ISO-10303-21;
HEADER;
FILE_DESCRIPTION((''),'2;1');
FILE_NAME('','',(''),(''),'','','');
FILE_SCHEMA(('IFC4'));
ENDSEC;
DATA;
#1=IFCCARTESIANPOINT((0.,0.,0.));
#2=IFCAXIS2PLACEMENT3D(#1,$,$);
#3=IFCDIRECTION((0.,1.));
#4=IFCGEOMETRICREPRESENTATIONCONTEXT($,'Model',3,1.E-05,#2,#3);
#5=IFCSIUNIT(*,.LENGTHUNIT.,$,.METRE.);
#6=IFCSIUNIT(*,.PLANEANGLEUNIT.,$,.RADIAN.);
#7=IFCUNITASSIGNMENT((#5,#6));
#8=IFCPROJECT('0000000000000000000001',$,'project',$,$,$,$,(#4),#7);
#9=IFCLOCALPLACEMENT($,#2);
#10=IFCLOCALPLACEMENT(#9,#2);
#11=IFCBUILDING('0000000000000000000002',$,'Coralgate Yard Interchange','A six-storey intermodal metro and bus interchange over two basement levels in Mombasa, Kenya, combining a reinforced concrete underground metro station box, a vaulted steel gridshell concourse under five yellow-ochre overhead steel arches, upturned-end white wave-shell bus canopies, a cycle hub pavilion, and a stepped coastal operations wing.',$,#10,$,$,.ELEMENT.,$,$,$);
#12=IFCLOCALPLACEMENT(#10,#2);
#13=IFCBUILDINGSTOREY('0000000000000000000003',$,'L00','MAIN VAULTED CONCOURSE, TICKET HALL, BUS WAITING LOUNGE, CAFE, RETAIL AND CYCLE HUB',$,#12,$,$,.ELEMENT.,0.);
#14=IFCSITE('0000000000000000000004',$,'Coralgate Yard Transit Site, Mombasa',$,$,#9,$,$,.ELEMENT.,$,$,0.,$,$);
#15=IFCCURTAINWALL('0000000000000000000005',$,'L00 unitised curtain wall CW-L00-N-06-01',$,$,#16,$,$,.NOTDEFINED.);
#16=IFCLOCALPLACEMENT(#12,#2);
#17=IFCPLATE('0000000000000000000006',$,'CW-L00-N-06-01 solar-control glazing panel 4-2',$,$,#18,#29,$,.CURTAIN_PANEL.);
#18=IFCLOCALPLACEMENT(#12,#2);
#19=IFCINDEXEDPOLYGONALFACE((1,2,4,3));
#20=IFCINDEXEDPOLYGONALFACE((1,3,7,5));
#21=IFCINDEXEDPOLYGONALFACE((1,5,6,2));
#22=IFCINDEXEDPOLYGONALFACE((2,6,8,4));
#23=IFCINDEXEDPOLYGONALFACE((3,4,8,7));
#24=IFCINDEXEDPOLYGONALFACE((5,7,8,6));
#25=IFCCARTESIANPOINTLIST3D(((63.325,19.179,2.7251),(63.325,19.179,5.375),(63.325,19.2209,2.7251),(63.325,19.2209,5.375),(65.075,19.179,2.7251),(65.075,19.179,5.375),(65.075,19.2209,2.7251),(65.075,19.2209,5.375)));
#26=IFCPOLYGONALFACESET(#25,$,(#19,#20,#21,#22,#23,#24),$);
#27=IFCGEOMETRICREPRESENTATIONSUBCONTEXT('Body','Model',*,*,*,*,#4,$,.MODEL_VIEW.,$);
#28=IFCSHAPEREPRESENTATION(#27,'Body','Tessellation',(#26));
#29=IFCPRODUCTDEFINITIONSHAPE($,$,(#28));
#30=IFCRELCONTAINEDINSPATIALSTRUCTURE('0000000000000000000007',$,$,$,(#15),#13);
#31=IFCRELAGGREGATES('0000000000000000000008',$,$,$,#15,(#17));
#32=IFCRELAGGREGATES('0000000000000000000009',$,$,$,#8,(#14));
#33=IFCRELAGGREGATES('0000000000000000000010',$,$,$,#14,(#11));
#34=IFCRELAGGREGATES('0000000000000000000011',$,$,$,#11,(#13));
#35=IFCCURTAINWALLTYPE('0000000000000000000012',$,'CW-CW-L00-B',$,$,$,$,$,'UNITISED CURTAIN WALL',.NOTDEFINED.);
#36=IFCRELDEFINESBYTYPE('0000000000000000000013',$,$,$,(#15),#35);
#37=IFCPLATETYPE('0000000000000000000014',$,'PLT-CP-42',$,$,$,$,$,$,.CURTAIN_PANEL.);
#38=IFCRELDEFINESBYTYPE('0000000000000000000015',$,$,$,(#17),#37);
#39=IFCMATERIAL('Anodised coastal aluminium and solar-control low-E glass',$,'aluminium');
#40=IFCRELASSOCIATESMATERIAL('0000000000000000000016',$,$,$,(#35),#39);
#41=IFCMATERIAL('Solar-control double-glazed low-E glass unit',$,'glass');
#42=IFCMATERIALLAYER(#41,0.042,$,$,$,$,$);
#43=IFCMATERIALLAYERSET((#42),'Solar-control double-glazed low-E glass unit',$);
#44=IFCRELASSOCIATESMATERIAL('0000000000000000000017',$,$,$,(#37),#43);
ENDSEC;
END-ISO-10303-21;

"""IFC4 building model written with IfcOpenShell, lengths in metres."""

from ifc_helpers import new_model, si_unit, direction, frame, origin, origin_2d, place, context, subcontext, project, spatial, rectangle, extrude, material, layer, layer_set, type_object, element, aggregate, save


model = new_model("IFC4")

# Units and contexts
model_context = context("Model", 3, precision=1e-05, world=origin(), true_north=direction((0.0, 1.0)))
body_context = subcontext(model_context, "Body", "Model", "MODEL_VIEW")
ifc_project = project(units=[si_unit("LENGTHUNIT", "METRE"), si_unit("PLANEANGLEUNIT", "RADIAN")], contexts=[model_context])

# Site, building, storey
site_placement = place(None, origin())
site = spatial("IfcSite", under=ifc_project, at=site_placement, Name="Coralgate Yard Transit Site, Mombasa", CompositionType="ELEMENT", RefElevation=0.0)
building_placement = place(site_placement, origin())
building = spatial("IfcBuilding", under=site, at=building_placement, Name="Coralgate Yard Interchange", Description="A six-storey intermodal metro and bus interchange over two basement levels in Mombasa, Kenya, combining a reinforced concrete underground metro station box, a vaulted steel gridshell concourse under five yellow-ochre overhead steel arches, upturned-end white wave-shell bus canopies, a cycle hub pavilion, and a stepped coastal operations wing.", CompositionType="ELEMENT")
storey_placement = place(building_placement, origin())
storey = spatial("IfcBuildingStorey", under=building, at=storey_placement, Name="L00", Description="MAIN VAULTED CONCOURSE, TICKET HALL, BUS WAITING LOUNGE, CAFE, RETAIL AND CYCLE HUB", CompositionType="ELEMENT", Elevation=0.0)

# Shared definitions
ifc_material_1 = material(Name="Anodised coastal aluminium and solar-control low-E glass", Category="aluminium")

# Curtain wall
curtain_wall_type_1 = type_object("IfcCurtainWallType", Name="CW-CW-L00-B", ElementType="UNITISED CURTAIN WALL", PredefinedType="NOTDEFINED", material=ifc_material_1)
curtain_wall_1_placement = place(storey_placement, origin())
curtain_wall_1 = element("IfcCurtainWall", 1, at=curtain_wall_1_placement, inside=storey, type_object=curtain_wall_type_1, Name="L00 unitised curtain wall CW-L00-N-06-01", PredefinedType="NOTDEFINED")

# Plate
ifc_material_2 = material(Name="Solar-control double-glazed low-E glass unit", Category="glass")
ifc_layer = layer(ifc_material_2, 0.042)
ifc_layer_set = layer_set([ifc_layer], Name="Solar-control double-glazed low-E glass unit")
plate_type = type_object("IfcPlateType", Name="PLT-CP-42", PredefinedType="CURTAIN_PANEL", material=ifc_layer_set)
plate_1_placement = place(storey_placement, frame((64.2, 19.2, 2.7251), z_axis=(0.0, 0.0, 1.0), x_axis=(1.0, 0.0, 0.0)))
plate_1 = element("IfcPlate", 2, at=plate_1_placement, type_object=plate_type, Name="CW-L00-N-06-01 solar-control glazing panel 4-2", PredefinedType="CURTAIN_PANEL", context=body_context, shape_type="SweptSolid", body=[
    extrude(rectangle(XDim=1.75, YDim=0.042, at=origin_2d()), origin(), (0.0, 0.0, 1.0), 2.6499),
])
aggregate(curtain_wall_1, [plate_1])

save(model, "model.ifc")
